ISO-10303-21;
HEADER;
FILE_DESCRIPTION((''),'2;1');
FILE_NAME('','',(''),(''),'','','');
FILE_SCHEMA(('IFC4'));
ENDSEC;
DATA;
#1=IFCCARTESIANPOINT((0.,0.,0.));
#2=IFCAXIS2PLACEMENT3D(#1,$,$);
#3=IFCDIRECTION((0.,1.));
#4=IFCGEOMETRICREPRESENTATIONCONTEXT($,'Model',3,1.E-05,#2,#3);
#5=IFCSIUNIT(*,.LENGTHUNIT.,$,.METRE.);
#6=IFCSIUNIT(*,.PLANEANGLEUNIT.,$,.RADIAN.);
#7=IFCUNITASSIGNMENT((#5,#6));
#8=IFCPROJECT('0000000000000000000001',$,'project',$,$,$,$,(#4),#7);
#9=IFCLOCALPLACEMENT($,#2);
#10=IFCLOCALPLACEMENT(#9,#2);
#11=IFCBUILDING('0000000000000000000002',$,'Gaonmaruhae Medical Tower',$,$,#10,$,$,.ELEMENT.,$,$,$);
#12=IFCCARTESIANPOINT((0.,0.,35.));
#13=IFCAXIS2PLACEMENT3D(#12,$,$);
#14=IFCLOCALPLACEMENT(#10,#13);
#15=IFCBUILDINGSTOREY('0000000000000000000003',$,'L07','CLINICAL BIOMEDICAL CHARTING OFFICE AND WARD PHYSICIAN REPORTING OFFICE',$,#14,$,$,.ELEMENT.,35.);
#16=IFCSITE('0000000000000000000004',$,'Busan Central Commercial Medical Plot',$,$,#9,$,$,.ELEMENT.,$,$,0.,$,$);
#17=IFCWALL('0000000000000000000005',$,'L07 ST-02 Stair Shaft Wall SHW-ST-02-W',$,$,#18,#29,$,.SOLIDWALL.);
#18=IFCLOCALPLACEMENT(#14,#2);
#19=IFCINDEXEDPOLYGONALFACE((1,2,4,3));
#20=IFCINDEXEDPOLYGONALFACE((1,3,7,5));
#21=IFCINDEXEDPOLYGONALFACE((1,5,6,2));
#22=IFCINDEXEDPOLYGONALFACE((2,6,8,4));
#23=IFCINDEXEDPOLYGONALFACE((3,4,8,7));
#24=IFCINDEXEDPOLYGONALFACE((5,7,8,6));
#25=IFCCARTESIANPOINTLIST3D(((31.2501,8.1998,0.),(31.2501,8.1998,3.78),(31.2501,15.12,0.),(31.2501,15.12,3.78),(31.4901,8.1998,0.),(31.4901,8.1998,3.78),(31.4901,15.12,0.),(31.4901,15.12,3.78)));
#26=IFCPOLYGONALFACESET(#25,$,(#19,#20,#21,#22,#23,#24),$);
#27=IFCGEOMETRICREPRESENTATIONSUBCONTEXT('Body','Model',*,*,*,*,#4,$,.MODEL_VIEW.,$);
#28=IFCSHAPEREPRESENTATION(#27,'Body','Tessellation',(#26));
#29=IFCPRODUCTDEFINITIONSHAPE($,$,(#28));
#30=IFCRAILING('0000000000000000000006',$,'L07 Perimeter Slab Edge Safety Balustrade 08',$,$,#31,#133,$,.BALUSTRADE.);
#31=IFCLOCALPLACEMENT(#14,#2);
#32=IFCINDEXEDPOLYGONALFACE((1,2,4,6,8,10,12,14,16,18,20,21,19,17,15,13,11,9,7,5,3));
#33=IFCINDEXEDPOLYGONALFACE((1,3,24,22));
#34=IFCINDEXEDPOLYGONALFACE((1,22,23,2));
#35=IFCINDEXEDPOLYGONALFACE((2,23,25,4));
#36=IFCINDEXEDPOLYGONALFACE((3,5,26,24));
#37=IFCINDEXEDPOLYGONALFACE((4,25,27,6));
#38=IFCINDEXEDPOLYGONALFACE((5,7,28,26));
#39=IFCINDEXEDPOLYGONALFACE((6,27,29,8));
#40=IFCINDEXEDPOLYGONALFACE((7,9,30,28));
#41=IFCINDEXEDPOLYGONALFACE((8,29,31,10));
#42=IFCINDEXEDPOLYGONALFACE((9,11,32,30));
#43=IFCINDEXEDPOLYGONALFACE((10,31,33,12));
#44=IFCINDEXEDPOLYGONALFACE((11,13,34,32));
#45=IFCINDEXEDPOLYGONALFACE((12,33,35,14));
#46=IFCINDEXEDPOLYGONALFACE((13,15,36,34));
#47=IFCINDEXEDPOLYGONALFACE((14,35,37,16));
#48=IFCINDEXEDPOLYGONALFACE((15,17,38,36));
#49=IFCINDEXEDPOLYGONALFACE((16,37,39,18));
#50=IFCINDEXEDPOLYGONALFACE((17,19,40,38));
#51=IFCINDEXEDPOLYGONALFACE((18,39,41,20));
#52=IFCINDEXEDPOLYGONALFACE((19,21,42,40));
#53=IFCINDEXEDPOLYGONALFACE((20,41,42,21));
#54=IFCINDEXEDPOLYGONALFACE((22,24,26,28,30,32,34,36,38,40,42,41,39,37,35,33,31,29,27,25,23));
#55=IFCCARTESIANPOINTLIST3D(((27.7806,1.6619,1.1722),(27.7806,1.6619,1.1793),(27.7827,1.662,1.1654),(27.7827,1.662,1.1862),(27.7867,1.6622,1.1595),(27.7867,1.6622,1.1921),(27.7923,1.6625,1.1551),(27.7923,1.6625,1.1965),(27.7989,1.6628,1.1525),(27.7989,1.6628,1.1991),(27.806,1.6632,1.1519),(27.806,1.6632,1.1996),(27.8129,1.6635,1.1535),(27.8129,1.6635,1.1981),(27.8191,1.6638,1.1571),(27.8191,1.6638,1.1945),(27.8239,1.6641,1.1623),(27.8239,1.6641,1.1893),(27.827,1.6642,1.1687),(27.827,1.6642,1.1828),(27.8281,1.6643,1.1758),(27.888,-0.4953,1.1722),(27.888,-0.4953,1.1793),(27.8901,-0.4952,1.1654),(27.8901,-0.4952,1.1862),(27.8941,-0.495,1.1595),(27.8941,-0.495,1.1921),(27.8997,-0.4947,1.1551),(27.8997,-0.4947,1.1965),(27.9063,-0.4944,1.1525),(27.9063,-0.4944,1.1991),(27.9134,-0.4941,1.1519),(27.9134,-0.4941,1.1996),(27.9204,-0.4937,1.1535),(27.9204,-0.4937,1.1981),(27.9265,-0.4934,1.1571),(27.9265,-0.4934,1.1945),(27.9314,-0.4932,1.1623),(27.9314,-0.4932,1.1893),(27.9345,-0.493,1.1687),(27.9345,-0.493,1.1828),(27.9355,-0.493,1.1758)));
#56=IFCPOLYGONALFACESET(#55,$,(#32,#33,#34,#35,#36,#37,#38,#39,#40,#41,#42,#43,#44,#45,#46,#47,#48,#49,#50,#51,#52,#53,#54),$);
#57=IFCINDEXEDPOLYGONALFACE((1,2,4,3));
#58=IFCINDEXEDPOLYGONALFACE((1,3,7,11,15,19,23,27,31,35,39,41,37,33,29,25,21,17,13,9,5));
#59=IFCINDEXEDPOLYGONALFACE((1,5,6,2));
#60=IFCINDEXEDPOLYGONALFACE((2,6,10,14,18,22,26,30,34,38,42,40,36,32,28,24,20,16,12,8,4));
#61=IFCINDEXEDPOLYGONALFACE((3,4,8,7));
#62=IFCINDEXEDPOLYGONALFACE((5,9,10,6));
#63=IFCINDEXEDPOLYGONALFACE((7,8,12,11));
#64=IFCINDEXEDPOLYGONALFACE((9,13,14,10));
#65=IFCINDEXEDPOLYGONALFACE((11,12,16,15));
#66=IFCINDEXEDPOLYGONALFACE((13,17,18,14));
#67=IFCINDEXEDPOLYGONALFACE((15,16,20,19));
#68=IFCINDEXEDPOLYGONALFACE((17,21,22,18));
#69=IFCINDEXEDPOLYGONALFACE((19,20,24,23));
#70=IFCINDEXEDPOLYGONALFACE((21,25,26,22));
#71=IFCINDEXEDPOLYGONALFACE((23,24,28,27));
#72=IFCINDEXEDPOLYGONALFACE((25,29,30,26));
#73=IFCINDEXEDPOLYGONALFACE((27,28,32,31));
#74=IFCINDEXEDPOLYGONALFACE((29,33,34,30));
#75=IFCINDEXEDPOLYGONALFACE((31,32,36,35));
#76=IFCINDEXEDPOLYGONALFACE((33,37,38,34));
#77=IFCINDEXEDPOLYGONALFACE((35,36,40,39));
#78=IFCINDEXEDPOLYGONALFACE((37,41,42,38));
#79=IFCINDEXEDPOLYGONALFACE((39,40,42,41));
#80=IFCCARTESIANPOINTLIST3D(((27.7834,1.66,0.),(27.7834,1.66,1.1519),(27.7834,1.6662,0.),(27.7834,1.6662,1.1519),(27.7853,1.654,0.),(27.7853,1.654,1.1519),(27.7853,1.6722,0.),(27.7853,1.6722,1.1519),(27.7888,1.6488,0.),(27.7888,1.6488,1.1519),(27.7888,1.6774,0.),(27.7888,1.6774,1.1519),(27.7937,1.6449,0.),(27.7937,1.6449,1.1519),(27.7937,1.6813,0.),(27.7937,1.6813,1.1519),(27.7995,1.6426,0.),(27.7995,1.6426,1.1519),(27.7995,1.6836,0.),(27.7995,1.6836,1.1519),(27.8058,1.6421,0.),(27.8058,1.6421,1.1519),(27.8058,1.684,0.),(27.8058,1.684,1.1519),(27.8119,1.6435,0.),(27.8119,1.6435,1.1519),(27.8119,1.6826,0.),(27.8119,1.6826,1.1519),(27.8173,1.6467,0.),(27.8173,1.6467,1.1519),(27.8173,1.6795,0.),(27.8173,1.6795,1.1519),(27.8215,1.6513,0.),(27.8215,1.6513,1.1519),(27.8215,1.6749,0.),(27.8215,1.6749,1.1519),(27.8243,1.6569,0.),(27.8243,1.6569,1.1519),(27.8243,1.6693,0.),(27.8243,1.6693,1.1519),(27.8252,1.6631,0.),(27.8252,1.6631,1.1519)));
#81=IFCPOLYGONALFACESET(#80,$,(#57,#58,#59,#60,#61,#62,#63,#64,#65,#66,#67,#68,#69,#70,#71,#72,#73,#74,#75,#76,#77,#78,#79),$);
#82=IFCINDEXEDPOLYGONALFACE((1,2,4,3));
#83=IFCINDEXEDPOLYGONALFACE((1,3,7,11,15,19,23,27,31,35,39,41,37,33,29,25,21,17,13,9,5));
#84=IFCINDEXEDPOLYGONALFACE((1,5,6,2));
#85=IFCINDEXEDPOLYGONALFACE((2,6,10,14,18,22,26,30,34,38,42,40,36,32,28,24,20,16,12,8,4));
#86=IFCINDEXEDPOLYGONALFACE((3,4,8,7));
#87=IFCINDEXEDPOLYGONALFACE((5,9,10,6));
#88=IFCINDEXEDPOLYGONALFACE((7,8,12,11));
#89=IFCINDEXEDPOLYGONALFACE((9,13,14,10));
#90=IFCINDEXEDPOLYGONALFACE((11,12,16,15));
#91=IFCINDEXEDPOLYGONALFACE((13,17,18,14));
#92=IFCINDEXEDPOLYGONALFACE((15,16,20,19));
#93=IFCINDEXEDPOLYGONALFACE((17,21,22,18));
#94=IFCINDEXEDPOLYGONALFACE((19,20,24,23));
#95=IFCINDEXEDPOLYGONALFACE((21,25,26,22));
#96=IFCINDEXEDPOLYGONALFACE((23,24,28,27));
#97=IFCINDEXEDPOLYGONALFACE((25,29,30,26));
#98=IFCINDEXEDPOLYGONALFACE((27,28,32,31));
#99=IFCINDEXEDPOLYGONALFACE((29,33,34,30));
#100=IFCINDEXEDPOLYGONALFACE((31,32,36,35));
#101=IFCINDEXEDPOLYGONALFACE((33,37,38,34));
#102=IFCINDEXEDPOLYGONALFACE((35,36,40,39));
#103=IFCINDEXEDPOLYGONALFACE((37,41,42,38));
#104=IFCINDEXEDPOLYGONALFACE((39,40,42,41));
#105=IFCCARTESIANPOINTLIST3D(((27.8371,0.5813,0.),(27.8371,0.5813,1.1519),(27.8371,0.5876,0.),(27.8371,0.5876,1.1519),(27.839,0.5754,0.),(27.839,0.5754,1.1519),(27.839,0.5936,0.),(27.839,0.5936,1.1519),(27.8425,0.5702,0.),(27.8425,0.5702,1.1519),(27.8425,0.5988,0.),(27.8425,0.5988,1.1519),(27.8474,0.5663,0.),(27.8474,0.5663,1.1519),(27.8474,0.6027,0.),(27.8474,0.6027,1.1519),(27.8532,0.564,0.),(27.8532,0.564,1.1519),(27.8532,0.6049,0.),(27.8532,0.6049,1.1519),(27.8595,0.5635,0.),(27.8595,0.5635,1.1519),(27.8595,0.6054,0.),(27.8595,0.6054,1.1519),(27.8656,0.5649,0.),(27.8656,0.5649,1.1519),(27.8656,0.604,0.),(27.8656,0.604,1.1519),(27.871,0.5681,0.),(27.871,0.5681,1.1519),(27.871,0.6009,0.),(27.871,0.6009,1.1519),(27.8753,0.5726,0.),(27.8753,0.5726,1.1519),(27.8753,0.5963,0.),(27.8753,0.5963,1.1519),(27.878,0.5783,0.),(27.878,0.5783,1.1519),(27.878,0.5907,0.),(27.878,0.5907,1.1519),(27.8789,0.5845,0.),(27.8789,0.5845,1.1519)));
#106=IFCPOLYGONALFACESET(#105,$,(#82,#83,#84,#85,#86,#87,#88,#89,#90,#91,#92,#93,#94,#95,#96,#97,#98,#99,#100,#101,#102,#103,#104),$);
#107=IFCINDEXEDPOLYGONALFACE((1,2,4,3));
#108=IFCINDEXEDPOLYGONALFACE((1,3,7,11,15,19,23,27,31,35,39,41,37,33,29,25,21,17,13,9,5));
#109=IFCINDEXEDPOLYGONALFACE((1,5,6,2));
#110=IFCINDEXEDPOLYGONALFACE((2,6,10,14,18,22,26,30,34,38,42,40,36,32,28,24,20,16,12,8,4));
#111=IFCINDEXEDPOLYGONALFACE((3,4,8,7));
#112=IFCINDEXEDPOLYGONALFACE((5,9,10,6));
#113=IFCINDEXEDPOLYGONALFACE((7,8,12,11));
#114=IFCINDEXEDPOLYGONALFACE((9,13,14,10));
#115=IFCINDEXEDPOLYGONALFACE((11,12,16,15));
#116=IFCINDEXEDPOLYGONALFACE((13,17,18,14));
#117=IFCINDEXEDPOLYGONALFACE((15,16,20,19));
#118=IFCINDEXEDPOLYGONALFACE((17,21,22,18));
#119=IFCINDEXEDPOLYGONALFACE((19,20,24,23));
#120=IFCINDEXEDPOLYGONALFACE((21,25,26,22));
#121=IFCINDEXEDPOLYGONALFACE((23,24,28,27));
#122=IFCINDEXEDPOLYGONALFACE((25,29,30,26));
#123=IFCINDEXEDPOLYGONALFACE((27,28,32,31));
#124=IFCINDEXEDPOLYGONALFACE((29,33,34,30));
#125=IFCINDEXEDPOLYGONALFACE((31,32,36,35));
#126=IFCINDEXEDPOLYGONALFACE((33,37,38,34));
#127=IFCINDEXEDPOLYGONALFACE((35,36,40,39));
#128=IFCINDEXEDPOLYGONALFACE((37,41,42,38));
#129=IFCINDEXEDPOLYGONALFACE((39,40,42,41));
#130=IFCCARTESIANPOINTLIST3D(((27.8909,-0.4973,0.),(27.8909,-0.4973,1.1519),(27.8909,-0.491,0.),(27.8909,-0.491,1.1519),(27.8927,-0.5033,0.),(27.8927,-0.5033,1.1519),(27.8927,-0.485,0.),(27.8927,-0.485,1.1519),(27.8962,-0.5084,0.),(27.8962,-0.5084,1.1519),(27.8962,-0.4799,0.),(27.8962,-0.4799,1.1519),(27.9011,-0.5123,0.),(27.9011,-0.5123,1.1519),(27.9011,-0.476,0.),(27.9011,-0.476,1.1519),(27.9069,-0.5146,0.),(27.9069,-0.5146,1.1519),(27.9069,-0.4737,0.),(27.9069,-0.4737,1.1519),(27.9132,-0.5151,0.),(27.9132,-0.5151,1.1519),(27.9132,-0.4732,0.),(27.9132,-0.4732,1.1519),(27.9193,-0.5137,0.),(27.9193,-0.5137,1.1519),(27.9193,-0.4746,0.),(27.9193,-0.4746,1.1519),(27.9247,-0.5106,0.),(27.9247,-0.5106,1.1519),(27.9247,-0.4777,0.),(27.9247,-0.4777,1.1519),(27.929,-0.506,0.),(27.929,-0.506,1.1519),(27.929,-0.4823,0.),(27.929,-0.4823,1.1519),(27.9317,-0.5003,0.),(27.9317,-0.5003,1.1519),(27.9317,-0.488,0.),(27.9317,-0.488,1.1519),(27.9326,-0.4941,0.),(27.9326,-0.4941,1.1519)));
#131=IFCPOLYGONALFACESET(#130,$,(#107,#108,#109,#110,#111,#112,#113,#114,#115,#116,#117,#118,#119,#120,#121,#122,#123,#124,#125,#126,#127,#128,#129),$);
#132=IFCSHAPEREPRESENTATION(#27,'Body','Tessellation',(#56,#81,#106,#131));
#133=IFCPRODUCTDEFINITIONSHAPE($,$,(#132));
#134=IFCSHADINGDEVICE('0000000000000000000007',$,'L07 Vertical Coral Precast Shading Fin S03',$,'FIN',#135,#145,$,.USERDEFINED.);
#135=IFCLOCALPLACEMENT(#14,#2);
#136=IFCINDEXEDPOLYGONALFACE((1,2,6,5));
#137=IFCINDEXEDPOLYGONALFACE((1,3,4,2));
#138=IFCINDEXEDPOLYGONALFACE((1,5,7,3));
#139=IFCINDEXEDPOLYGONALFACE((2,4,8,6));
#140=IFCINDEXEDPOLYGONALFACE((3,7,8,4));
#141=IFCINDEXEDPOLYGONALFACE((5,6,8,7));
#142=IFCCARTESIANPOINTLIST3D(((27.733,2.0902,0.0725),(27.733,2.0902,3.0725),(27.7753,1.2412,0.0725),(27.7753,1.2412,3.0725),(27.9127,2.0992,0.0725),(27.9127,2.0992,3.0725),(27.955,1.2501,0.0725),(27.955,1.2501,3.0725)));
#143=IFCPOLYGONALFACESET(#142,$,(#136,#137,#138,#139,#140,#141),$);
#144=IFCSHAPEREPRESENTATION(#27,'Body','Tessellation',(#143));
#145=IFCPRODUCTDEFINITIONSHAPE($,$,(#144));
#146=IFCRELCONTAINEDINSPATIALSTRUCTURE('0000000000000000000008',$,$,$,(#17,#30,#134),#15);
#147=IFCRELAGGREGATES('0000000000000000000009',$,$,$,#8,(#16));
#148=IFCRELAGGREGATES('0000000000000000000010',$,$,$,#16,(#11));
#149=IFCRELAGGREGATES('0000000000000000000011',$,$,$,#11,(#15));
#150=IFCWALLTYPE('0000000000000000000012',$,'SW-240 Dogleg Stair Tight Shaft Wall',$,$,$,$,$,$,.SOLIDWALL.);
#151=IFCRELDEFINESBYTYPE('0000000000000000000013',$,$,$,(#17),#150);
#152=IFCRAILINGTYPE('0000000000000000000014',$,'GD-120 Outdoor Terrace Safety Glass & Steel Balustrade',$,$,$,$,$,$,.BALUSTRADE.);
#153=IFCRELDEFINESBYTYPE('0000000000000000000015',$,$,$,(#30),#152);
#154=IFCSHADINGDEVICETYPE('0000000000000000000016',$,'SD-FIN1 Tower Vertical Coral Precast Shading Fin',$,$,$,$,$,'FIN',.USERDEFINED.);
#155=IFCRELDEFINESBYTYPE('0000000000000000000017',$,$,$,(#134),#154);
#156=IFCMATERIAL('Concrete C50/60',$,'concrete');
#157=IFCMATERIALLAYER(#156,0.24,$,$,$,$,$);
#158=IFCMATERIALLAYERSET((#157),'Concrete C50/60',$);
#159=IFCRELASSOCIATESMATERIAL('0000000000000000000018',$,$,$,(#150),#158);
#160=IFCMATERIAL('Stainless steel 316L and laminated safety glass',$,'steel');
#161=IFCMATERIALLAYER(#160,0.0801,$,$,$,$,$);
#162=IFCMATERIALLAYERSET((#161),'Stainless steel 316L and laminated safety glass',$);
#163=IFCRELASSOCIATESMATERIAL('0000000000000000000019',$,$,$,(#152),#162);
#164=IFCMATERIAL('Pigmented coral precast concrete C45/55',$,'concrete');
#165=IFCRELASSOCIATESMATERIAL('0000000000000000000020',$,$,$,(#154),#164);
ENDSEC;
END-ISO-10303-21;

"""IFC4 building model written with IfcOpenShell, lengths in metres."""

from ifc_helpers import new_model, si_unit, direction, frame, frame_2d, origin, origin_2d, place, context, subcontext, project, spatial, rectangle, circle, extrude, material, layer, layer_set, type_object, element, save


model = new_model("IFC4")

# Units and contexts
model_context = context("Model", 3, precision=1e-05, world=origin(), true_north=direction((0.0, 1.0)))
body_context = subcontext(model_context, "Body", "Model", "MODEL_VIEW")
ifc_project = project(units=[si_unit("LENGTHUNIT", "METRE"), si_unit("PLANEANGLEUNIT", "RADIAN")], contexts=[model_context])

# Site, building, storey
site_placement = place(None, origin())
site = spatial("IfcSite", under=ifc_project, at=site_placement, Name="Busan Central Commercial Medical Plot", CompositionType="ELEMENT", RefElevation=0.0)
building_placement = place(site_placement, origin())
building = spatial("IfcBuilding", under=site, at=building_placement, Name="Gaonmaruhae Medical Tower", CompositionType="ELEMENT")
storey_placement = place(building_placement, frame((0.0, 0.0, 35.0)))
storey = spatial("IfcBuildingStorey", under=building, at=storey_placement, Name="L07", Description="CLINICAL BIOMEDICAL CHARTING OFFICE AND WARD PHYSICIAN REPORTING OFFICE", CompositionType="ELEMENT", Elevation=35.0)

# Wall
ifc_material_1 = material(Name="Concrete C50/60", Category="concrete")
ifc_layer_1 = layer(ifc_material_1, 0.24)
ifc_layer_set_1 = layer_set([ifc_layer_1], Name="Concrete C50/60")
wall_type_1 = type_object("IfcWallType", Name="SW-240 Dogleg Stair Tight Shaft Wall", PredefinedType="SOLIDWALL", material=ifc_layer_set_1)
wall_1_placement = place(storey_placement, frame((31.3701, 8.2, 0.0), z_axis=(0.0, 0.0, 1.0), x_axis=(0.0, 1.0, 0.0)))
element("IfcWall", 1, at=wall_1_placement, inside=storey, type_object=wall_type_1, Name="L07 ST-02 Stair Shaft Wall SHW-ST-02-W", PredefinedType="SOLIDWALL", context=body_context, shape_type="SweptSolid", body=[
    extrude(rectangle(XDim=6.9202, YDim=0.24, at=frame_2d((3.46, 0.0))), origin(), (0.0, 0.0, 1.0), 3.78),
])

# Railing
ifc_material_2 = material(Name="Stainless steel 316L and laminated safety glass", Category="steel")
ifc_layer_2 = layer(ifc_material_2, 0.0801)
ifc_layer_set_2 = layer_set([ifc_layer_2], Name="Stainless steel 316L and laminated safety glass")
railing_type = type_object("IfcRailingType", Name="GD-120 Outdoor Terrace Safety Glass & Steel Balustrade", PredefinedType="BALUSTRADE", material=ifc_layer_set_2)
railing_1_placement = place(storey_placement, frame((27.8042, 1.6631, 0.0)))
element("IfcRailing", 2, at=railing_1_placement, inside=storey, type_object=railing_type, Name="L07 Perimeter Slab Edge Safety Balustrade 08", PredefinedType="BALUSTRADE", context=body_context, shape_type="SweptSolid", body=[
    extrude(circle(Radius=0.0239, at=origin_2d()), frame((0.0, 0.0, 1.1758), z_axis=(0.049735, -0.998762, 0.0), x_axis=(0.998762, 0.049735, 0.0)), (0.0, 0.0, 1.0), 2.1599),
    extrude(circle(Radius=0.021, at=origin_2d()), origin(), (0.0, 0.0, 1.0), 1.1519),
    extrude(circle(Radius=0.021, at=origin_2d()), frame((0.0537, -1.0786, 0.0)), (0.0, 0.0, 1.0), 1.1519),
    extrude(circle(Radius=0.021, at=origin_2d()), frame((0.1074, -2.1572, 0.0)), (0.0, 0.0, 1.0), 1.1519),
])

# Shading device
ifc_material_3 = material(Name="Pigmented coral precast concrete C45/55", Category="concrete")
shading_device_type = type_object("IfcShadingDeviceType", Name="SD-FIN1 Tower Vertical Coral Precast Shading Fin", ElementType="FIN", PredefinedType="USERDEFINED", material=ifc_material_3)
shading_device_placement = place(storey_placement, frame((27.844, 1.6702, 0.0725), z_axis=(0.0, 0.0, 1.0), x_axis=(-0.998764, -0.049704, 0.0)))
element("IfcShadingDevice", 3, at=shading_device_placement, inside=storey, type_object=shading_device_type, Name="L07 Vertical Coral Precast Shading Fin S03", ObjectType="FIN", PredefinedType="USERDEFINED", context=body_context, shape_type="SweptSolid", body=[
    extrude(rectangle(XDim=0.1799, YDim=0.8501, at=origin_2d()), origin(), (0.0, 0.0, 1.0), 3.0),
])

save(model, "model.ifc")
